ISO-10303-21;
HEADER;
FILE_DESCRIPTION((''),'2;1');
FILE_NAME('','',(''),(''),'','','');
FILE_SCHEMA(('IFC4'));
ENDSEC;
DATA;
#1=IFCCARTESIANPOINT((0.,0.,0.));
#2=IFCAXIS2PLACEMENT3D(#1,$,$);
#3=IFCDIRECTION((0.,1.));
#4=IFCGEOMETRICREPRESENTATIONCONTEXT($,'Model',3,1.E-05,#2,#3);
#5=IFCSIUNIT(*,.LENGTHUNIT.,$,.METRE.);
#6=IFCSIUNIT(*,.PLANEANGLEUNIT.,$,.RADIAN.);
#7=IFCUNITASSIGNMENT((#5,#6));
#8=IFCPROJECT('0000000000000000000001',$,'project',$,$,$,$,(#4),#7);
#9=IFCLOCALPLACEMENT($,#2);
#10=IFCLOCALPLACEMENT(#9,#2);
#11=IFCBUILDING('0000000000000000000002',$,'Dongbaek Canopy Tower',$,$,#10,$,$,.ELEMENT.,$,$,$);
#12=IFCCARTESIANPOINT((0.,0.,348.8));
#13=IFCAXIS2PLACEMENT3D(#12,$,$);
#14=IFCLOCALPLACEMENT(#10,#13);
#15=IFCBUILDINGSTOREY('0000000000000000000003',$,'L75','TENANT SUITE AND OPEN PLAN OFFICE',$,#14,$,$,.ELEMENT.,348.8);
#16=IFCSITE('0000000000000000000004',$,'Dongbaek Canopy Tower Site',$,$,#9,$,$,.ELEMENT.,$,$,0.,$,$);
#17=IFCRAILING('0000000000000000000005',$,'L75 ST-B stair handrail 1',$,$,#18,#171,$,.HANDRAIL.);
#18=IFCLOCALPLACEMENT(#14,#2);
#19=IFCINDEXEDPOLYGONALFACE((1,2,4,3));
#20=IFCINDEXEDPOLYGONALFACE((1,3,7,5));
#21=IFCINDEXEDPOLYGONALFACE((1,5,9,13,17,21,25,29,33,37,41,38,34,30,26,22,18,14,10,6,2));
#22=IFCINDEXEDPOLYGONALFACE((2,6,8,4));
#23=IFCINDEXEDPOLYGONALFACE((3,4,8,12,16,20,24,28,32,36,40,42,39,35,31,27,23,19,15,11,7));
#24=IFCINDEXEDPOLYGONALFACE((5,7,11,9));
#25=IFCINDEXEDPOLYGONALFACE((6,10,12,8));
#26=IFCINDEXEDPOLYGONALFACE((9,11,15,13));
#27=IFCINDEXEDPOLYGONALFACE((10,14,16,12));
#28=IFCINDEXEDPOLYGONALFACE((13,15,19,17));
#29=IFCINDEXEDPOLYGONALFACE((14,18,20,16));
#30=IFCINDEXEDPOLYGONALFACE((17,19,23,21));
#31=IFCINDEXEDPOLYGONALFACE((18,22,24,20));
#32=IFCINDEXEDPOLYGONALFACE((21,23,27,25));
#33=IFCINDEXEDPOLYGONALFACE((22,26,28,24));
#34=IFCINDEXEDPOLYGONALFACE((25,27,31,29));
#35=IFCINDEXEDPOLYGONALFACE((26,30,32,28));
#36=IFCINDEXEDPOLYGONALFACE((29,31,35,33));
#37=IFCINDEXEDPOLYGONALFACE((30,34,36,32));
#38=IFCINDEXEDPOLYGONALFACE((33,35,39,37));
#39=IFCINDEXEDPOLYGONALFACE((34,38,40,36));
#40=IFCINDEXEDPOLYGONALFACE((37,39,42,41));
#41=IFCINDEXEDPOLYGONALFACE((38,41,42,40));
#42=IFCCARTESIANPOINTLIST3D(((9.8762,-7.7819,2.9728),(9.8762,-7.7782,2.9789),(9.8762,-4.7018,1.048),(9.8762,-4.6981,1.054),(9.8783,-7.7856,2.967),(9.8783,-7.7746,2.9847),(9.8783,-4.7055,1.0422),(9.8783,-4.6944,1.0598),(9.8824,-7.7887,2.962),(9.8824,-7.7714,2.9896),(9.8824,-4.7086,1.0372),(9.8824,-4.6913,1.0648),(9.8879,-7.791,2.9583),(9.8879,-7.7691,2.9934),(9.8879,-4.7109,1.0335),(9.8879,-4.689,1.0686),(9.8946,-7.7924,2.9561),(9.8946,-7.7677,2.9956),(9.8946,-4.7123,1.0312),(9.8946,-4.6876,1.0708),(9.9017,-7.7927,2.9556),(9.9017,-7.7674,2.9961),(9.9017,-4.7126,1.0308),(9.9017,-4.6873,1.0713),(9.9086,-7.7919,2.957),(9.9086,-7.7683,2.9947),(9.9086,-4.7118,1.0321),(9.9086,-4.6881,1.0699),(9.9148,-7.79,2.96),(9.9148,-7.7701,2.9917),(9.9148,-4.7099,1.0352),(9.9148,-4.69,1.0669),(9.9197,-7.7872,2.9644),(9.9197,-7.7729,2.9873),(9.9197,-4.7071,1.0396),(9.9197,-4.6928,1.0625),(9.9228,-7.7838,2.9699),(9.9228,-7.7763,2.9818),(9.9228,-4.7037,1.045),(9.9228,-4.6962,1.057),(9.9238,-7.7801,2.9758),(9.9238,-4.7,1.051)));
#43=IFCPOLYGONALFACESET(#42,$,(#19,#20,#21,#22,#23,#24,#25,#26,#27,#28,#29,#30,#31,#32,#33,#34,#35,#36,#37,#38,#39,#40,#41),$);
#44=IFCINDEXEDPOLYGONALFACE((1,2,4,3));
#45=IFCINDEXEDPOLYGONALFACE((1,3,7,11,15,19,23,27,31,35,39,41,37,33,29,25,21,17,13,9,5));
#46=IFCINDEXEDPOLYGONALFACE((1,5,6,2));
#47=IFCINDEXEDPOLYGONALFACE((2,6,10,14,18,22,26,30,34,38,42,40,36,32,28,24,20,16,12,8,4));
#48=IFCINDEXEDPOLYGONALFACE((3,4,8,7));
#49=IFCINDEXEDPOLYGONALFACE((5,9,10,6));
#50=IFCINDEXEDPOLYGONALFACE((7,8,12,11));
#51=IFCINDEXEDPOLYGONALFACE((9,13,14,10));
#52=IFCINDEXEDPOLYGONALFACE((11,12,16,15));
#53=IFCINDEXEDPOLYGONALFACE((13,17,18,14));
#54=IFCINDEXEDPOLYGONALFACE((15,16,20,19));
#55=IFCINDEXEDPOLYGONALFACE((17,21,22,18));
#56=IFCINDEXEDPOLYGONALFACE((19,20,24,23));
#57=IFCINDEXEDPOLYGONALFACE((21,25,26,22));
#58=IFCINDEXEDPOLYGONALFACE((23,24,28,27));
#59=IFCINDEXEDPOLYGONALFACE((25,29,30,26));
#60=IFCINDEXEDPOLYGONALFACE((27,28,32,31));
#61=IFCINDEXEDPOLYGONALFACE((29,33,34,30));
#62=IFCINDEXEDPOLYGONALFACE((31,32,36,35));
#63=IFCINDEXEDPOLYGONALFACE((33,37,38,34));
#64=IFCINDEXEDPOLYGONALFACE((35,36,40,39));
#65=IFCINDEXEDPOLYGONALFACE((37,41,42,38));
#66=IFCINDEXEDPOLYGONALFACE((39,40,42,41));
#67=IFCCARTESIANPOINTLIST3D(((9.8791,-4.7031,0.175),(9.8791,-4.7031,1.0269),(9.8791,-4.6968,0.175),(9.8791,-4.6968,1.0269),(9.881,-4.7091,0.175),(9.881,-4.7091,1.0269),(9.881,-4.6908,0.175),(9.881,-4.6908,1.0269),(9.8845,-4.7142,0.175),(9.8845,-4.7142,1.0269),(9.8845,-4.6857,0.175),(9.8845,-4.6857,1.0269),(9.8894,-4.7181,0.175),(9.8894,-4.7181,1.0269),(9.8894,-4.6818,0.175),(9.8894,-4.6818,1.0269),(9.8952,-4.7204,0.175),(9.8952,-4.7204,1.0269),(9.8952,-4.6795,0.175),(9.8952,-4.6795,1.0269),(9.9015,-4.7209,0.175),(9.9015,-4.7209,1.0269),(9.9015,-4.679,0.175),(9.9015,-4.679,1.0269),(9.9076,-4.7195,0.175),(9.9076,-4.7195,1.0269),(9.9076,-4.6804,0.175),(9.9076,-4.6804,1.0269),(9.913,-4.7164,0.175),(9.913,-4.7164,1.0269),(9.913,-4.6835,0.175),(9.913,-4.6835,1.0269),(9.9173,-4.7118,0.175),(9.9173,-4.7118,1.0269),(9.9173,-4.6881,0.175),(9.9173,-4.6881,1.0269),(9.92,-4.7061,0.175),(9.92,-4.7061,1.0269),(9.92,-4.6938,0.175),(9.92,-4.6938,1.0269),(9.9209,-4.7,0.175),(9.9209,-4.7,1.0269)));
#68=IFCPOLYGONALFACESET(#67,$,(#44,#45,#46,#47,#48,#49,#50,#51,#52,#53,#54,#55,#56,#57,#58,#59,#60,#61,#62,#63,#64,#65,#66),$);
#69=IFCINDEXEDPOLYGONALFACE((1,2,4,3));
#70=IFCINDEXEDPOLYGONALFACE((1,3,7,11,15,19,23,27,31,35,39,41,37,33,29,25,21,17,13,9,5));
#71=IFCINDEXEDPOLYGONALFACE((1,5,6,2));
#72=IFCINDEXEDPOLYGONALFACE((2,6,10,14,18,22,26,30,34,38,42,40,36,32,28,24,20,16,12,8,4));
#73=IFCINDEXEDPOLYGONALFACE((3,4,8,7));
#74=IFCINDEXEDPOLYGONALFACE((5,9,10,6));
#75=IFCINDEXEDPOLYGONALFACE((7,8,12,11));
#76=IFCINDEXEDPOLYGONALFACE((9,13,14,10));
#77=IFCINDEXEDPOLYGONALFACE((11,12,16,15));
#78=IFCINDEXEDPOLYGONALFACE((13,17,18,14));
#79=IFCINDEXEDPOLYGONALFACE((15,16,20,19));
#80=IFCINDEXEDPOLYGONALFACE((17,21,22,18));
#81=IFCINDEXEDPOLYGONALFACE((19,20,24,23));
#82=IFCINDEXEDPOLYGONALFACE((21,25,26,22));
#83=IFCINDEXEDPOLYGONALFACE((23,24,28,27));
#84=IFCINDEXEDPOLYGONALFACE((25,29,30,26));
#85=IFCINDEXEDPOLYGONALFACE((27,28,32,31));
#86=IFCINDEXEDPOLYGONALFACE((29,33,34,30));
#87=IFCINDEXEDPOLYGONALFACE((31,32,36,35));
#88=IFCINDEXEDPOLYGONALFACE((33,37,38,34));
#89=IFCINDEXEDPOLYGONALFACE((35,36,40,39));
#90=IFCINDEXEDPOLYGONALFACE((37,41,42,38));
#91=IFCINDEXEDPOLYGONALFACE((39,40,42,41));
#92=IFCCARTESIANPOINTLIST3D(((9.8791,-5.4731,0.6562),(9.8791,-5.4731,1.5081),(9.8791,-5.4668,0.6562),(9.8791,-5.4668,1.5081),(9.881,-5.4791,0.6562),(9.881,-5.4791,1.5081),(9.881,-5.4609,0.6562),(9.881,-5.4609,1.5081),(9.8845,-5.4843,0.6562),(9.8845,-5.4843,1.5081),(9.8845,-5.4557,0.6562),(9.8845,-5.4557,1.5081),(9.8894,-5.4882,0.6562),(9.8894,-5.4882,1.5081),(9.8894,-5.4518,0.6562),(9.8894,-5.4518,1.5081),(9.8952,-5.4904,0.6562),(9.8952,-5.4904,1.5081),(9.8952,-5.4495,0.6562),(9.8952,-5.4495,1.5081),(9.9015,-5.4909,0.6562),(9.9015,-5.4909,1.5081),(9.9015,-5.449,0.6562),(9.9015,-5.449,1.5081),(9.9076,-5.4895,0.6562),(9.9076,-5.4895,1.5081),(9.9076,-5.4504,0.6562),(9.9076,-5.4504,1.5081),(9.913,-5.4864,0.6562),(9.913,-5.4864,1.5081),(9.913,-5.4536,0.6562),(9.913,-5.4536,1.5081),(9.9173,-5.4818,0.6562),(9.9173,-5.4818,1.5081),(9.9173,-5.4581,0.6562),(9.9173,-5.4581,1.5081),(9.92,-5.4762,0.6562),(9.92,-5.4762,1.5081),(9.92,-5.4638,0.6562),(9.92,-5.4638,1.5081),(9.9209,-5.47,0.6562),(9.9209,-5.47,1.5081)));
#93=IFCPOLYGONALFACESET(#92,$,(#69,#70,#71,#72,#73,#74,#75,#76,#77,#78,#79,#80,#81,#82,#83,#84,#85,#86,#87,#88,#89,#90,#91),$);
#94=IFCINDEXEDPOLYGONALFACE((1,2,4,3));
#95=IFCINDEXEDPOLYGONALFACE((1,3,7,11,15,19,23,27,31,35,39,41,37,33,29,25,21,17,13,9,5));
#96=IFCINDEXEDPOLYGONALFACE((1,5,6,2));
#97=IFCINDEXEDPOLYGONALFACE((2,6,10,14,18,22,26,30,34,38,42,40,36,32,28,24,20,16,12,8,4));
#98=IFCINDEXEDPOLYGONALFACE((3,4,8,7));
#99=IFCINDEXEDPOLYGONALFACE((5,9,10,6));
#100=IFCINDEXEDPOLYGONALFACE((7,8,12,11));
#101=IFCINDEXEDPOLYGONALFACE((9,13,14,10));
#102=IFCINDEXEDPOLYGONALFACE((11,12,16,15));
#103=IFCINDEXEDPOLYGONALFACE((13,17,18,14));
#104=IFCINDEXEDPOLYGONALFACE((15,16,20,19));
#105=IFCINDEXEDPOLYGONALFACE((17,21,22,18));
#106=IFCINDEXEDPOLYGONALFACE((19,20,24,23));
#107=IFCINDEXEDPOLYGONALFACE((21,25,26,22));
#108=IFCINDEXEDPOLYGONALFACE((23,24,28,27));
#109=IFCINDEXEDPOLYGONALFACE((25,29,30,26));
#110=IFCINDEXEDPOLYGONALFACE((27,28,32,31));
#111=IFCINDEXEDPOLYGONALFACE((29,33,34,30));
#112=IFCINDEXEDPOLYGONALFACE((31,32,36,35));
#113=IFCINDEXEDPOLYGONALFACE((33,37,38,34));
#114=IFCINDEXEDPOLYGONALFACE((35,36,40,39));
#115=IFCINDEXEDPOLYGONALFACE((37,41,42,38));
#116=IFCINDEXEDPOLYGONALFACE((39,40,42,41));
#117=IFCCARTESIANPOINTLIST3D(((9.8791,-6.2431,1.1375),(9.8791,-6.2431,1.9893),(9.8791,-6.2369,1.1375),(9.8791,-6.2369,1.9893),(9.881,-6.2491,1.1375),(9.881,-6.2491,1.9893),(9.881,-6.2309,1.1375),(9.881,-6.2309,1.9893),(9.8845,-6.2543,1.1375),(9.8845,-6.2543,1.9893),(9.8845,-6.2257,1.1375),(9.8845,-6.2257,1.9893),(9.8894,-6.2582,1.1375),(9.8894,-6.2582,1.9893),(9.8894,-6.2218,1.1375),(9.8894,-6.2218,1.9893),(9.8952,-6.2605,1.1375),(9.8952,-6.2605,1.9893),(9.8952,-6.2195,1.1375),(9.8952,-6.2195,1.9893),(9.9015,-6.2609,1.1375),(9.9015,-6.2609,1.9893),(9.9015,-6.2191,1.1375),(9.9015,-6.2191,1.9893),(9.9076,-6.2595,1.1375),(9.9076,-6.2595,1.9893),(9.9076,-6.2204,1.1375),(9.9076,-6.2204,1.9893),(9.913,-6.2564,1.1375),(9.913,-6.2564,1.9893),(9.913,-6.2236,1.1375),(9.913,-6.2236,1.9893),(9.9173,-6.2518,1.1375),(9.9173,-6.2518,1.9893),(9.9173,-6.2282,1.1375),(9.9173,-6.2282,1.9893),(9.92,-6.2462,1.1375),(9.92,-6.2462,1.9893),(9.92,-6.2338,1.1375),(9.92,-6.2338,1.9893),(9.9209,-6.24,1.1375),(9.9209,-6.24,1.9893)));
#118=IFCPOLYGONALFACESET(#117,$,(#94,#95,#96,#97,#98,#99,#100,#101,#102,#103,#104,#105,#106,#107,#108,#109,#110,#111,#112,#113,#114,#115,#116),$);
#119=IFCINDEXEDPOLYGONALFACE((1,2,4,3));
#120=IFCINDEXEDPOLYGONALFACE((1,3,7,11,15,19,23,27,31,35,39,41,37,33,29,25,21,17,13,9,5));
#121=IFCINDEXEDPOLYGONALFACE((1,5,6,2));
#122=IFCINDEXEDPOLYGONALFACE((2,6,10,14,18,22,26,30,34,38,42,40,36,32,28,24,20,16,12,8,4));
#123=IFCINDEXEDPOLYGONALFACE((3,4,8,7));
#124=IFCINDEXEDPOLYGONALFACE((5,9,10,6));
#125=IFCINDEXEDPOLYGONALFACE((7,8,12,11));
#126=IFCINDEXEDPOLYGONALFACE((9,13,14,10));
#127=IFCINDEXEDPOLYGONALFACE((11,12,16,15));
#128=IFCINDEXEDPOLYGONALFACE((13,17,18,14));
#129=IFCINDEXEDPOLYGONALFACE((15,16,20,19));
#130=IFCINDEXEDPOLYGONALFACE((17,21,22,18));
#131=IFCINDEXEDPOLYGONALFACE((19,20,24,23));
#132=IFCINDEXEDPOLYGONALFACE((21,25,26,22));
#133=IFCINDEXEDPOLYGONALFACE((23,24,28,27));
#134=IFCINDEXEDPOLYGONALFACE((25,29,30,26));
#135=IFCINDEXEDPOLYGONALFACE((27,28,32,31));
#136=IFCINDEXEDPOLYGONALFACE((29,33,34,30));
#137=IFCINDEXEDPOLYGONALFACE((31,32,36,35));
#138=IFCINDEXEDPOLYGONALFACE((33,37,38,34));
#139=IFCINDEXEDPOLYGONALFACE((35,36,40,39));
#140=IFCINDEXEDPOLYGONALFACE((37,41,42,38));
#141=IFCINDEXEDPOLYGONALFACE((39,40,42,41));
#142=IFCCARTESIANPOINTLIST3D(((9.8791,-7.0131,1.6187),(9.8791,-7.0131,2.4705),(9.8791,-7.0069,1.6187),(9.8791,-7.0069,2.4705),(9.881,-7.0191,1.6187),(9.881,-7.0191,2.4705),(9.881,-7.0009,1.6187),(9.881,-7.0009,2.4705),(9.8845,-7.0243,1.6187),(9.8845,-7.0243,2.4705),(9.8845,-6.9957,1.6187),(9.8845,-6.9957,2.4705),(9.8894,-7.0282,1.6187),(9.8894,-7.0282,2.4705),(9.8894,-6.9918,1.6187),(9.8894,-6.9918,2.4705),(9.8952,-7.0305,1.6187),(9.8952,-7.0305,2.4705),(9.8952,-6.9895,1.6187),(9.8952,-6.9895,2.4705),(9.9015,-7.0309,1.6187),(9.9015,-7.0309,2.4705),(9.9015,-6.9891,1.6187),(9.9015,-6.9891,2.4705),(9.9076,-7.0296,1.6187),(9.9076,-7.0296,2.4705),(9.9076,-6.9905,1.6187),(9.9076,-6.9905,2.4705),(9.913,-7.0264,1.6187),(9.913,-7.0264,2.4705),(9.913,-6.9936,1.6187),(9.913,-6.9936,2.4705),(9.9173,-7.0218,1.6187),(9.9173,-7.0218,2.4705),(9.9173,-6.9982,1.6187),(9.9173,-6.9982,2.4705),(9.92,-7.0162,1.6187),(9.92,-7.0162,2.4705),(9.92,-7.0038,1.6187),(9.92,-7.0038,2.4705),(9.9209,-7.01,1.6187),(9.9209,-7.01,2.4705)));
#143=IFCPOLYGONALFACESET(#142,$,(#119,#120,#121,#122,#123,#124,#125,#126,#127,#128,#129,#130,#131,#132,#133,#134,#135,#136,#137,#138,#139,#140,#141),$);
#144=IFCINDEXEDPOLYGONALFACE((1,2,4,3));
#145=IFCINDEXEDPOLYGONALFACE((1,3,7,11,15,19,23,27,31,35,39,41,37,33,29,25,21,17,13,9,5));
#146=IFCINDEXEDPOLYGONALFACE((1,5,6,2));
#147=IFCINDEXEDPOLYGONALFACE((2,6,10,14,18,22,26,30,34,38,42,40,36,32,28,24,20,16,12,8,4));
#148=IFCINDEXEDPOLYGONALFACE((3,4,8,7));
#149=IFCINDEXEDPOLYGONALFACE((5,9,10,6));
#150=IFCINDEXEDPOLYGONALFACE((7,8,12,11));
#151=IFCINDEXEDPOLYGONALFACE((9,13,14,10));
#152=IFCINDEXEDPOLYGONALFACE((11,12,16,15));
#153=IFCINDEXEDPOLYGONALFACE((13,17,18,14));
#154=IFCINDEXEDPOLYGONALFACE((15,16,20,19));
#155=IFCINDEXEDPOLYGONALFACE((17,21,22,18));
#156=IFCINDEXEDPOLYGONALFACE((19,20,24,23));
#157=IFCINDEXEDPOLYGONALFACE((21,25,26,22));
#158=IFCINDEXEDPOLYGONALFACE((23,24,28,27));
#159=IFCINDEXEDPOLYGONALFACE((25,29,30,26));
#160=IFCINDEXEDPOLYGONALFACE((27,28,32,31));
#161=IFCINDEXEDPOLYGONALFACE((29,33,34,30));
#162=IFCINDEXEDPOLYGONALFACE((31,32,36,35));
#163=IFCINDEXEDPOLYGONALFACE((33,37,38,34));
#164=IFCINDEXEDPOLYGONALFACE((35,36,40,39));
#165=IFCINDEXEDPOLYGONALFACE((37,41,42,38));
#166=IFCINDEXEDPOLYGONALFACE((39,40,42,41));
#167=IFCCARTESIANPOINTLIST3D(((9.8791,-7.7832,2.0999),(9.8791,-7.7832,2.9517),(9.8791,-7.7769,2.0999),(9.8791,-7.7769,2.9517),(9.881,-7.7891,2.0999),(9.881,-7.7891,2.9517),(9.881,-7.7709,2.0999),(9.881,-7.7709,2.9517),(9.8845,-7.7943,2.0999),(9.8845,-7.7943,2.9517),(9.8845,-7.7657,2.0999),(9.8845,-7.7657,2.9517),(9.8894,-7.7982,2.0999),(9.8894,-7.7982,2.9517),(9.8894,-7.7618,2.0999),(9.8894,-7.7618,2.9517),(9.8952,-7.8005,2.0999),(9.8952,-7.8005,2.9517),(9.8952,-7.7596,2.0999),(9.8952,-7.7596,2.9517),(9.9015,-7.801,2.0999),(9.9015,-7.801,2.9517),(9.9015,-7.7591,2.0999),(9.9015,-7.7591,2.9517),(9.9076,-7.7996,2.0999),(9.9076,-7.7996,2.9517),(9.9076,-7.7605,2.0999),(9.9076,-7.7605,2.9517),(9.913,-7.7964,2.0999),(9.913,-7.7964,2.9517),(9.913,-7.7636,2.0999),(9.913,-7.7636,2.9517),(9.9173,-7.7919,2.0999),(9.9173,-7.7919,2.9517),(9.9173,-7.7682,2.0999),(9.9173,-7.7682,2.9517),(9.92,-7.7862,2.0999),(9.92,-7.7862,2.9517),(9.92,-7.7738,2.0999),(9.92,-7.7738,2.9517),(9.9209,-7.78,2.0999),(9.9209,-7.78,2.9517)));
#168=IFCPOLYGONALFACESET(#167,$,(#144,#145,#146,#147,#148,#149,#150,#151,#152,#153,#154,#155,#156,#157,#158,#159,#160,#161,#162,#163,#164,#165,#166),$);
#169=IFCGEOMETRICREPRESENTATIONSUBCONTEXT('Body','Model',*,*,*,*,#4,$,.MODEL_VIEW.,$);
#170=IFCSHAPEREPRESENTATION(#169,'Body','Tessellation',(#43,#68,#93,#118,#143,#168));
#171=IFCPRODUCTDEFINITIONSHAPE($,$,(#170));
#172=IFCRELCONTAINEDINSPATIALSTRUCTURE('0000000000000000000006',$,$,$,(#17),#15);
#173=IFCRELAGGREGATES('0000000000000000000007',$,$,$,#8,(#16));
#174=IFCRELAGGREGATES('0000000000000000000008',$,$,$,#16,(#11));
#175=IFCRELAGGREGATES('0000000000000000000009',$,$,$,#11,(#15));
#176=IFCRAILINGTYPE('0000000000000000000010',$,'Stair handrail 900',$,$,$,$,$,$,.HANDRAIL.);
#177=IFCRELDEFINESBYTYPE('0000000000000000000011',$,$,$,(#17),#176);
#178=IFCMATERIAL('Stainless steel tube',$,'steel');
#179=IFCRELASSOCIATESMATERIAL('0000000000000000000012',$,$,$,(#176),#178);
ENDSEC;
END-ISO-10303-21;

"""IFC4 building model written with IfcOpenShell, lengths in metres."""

from ifc_helpers import new_model, si_unit, direction, frame, origin, origin_2d, place, context, subcontext, project, spatial, circle, extrude, material, type_object, element, save


model = new_model("IFC4")

# Units and contexts
model_context = context("Model", 3, precision=1e-05, world=origin(), true_north=direction((0.0, 1.0)))
body_context = subcontext(model_context, "Body", "Model", "MODEL_VIEW")
ifc_project = project(units=[si_unit("LENGTHUNIT", "METRE"), si_unit("PLANEANGLEUNIT", "RADIAN")], contexts=[model_context])

# Site, building, storey
site_placement = place(None, origin())
site = spatial("IfcSite", under=ifc_project, at=site_placement, Name="Dongbaek Canopy Tower Site", CompositionType="ELEMENT", RefElevation=0.0)
building_placement = place(site_placement, origin())
building = spatial("IfcBuilding", under=site, at=building_placement, Name="Dongbaek Canopy Tower", CompositionType="ELEMENT")
storey_placement = place(building_placement, frame((0.0, 0.0, 348.8)))
storey = spatial("IfcBuildingStorey", under=building, at=storey_placement, Name="L75", Description="TENANT SUITE AND OPEN PLAN OFFICE", CompositionType="ELEMENT", Elevation=348.8)

# Railing
ifc_material_1 = material(Name="Stainless steel tube", Category="steel")
railing_type_1 = type_object("IfcRailingType", Name="Stair handrail 900", PredefinedType="HANDRAIL", material=ifc_material_1)
railing_1_placement = place(storey_placement, frame((9.8999, -4.7, 0.175)))
element("IfcRailing", 1, at=railing_1_placement, inside=storey, type_object=railing_type_1, Name="L75 ST-B stair handrail 1", PredefinedType="HANDRAIL", context=body_context, shape_type="SweptSolid", body=[
    extrude(circle(Radius=0.0239, at=origin_2d()), frame((0.0, 0.0, 0.876), z_axis=(0.0, -0.848029, 0.529951), x_axis=(1.0, 0.0, 0.0)), (0.0, 0.0, 1.0), 3.6321),
    extrude(circle(Radius=0.021, at=origin_2d()), origin(), (0.0, 0.0, 1.0), 0.8518),
    extrude(circle(Radius=0.021, at=origin_2d()), frame((0.0, -0.77, 0.4812)), (0.0, 0.0, 1.0), 0.8518),
    extrude(circle(Radius=0.021, at=origin_2d()), frame((0.0, -1.54, 0.9624)), (0.0, 0.0, 1.0), 0.8518),
    extrude(circle(Radius=0.021, at=origin_2d()), frame((0.0, -2.3101, 1.4436)), (0.0, 0.0, 1.0), 0.8518),
    extrude(circle(Radius=0.021, at=origin_2d()), frame((0.0, -3.0801, 1.9248)), (0.0, 0.0, 1.0), 0.8518),
])

save(model, "model.ifc")
